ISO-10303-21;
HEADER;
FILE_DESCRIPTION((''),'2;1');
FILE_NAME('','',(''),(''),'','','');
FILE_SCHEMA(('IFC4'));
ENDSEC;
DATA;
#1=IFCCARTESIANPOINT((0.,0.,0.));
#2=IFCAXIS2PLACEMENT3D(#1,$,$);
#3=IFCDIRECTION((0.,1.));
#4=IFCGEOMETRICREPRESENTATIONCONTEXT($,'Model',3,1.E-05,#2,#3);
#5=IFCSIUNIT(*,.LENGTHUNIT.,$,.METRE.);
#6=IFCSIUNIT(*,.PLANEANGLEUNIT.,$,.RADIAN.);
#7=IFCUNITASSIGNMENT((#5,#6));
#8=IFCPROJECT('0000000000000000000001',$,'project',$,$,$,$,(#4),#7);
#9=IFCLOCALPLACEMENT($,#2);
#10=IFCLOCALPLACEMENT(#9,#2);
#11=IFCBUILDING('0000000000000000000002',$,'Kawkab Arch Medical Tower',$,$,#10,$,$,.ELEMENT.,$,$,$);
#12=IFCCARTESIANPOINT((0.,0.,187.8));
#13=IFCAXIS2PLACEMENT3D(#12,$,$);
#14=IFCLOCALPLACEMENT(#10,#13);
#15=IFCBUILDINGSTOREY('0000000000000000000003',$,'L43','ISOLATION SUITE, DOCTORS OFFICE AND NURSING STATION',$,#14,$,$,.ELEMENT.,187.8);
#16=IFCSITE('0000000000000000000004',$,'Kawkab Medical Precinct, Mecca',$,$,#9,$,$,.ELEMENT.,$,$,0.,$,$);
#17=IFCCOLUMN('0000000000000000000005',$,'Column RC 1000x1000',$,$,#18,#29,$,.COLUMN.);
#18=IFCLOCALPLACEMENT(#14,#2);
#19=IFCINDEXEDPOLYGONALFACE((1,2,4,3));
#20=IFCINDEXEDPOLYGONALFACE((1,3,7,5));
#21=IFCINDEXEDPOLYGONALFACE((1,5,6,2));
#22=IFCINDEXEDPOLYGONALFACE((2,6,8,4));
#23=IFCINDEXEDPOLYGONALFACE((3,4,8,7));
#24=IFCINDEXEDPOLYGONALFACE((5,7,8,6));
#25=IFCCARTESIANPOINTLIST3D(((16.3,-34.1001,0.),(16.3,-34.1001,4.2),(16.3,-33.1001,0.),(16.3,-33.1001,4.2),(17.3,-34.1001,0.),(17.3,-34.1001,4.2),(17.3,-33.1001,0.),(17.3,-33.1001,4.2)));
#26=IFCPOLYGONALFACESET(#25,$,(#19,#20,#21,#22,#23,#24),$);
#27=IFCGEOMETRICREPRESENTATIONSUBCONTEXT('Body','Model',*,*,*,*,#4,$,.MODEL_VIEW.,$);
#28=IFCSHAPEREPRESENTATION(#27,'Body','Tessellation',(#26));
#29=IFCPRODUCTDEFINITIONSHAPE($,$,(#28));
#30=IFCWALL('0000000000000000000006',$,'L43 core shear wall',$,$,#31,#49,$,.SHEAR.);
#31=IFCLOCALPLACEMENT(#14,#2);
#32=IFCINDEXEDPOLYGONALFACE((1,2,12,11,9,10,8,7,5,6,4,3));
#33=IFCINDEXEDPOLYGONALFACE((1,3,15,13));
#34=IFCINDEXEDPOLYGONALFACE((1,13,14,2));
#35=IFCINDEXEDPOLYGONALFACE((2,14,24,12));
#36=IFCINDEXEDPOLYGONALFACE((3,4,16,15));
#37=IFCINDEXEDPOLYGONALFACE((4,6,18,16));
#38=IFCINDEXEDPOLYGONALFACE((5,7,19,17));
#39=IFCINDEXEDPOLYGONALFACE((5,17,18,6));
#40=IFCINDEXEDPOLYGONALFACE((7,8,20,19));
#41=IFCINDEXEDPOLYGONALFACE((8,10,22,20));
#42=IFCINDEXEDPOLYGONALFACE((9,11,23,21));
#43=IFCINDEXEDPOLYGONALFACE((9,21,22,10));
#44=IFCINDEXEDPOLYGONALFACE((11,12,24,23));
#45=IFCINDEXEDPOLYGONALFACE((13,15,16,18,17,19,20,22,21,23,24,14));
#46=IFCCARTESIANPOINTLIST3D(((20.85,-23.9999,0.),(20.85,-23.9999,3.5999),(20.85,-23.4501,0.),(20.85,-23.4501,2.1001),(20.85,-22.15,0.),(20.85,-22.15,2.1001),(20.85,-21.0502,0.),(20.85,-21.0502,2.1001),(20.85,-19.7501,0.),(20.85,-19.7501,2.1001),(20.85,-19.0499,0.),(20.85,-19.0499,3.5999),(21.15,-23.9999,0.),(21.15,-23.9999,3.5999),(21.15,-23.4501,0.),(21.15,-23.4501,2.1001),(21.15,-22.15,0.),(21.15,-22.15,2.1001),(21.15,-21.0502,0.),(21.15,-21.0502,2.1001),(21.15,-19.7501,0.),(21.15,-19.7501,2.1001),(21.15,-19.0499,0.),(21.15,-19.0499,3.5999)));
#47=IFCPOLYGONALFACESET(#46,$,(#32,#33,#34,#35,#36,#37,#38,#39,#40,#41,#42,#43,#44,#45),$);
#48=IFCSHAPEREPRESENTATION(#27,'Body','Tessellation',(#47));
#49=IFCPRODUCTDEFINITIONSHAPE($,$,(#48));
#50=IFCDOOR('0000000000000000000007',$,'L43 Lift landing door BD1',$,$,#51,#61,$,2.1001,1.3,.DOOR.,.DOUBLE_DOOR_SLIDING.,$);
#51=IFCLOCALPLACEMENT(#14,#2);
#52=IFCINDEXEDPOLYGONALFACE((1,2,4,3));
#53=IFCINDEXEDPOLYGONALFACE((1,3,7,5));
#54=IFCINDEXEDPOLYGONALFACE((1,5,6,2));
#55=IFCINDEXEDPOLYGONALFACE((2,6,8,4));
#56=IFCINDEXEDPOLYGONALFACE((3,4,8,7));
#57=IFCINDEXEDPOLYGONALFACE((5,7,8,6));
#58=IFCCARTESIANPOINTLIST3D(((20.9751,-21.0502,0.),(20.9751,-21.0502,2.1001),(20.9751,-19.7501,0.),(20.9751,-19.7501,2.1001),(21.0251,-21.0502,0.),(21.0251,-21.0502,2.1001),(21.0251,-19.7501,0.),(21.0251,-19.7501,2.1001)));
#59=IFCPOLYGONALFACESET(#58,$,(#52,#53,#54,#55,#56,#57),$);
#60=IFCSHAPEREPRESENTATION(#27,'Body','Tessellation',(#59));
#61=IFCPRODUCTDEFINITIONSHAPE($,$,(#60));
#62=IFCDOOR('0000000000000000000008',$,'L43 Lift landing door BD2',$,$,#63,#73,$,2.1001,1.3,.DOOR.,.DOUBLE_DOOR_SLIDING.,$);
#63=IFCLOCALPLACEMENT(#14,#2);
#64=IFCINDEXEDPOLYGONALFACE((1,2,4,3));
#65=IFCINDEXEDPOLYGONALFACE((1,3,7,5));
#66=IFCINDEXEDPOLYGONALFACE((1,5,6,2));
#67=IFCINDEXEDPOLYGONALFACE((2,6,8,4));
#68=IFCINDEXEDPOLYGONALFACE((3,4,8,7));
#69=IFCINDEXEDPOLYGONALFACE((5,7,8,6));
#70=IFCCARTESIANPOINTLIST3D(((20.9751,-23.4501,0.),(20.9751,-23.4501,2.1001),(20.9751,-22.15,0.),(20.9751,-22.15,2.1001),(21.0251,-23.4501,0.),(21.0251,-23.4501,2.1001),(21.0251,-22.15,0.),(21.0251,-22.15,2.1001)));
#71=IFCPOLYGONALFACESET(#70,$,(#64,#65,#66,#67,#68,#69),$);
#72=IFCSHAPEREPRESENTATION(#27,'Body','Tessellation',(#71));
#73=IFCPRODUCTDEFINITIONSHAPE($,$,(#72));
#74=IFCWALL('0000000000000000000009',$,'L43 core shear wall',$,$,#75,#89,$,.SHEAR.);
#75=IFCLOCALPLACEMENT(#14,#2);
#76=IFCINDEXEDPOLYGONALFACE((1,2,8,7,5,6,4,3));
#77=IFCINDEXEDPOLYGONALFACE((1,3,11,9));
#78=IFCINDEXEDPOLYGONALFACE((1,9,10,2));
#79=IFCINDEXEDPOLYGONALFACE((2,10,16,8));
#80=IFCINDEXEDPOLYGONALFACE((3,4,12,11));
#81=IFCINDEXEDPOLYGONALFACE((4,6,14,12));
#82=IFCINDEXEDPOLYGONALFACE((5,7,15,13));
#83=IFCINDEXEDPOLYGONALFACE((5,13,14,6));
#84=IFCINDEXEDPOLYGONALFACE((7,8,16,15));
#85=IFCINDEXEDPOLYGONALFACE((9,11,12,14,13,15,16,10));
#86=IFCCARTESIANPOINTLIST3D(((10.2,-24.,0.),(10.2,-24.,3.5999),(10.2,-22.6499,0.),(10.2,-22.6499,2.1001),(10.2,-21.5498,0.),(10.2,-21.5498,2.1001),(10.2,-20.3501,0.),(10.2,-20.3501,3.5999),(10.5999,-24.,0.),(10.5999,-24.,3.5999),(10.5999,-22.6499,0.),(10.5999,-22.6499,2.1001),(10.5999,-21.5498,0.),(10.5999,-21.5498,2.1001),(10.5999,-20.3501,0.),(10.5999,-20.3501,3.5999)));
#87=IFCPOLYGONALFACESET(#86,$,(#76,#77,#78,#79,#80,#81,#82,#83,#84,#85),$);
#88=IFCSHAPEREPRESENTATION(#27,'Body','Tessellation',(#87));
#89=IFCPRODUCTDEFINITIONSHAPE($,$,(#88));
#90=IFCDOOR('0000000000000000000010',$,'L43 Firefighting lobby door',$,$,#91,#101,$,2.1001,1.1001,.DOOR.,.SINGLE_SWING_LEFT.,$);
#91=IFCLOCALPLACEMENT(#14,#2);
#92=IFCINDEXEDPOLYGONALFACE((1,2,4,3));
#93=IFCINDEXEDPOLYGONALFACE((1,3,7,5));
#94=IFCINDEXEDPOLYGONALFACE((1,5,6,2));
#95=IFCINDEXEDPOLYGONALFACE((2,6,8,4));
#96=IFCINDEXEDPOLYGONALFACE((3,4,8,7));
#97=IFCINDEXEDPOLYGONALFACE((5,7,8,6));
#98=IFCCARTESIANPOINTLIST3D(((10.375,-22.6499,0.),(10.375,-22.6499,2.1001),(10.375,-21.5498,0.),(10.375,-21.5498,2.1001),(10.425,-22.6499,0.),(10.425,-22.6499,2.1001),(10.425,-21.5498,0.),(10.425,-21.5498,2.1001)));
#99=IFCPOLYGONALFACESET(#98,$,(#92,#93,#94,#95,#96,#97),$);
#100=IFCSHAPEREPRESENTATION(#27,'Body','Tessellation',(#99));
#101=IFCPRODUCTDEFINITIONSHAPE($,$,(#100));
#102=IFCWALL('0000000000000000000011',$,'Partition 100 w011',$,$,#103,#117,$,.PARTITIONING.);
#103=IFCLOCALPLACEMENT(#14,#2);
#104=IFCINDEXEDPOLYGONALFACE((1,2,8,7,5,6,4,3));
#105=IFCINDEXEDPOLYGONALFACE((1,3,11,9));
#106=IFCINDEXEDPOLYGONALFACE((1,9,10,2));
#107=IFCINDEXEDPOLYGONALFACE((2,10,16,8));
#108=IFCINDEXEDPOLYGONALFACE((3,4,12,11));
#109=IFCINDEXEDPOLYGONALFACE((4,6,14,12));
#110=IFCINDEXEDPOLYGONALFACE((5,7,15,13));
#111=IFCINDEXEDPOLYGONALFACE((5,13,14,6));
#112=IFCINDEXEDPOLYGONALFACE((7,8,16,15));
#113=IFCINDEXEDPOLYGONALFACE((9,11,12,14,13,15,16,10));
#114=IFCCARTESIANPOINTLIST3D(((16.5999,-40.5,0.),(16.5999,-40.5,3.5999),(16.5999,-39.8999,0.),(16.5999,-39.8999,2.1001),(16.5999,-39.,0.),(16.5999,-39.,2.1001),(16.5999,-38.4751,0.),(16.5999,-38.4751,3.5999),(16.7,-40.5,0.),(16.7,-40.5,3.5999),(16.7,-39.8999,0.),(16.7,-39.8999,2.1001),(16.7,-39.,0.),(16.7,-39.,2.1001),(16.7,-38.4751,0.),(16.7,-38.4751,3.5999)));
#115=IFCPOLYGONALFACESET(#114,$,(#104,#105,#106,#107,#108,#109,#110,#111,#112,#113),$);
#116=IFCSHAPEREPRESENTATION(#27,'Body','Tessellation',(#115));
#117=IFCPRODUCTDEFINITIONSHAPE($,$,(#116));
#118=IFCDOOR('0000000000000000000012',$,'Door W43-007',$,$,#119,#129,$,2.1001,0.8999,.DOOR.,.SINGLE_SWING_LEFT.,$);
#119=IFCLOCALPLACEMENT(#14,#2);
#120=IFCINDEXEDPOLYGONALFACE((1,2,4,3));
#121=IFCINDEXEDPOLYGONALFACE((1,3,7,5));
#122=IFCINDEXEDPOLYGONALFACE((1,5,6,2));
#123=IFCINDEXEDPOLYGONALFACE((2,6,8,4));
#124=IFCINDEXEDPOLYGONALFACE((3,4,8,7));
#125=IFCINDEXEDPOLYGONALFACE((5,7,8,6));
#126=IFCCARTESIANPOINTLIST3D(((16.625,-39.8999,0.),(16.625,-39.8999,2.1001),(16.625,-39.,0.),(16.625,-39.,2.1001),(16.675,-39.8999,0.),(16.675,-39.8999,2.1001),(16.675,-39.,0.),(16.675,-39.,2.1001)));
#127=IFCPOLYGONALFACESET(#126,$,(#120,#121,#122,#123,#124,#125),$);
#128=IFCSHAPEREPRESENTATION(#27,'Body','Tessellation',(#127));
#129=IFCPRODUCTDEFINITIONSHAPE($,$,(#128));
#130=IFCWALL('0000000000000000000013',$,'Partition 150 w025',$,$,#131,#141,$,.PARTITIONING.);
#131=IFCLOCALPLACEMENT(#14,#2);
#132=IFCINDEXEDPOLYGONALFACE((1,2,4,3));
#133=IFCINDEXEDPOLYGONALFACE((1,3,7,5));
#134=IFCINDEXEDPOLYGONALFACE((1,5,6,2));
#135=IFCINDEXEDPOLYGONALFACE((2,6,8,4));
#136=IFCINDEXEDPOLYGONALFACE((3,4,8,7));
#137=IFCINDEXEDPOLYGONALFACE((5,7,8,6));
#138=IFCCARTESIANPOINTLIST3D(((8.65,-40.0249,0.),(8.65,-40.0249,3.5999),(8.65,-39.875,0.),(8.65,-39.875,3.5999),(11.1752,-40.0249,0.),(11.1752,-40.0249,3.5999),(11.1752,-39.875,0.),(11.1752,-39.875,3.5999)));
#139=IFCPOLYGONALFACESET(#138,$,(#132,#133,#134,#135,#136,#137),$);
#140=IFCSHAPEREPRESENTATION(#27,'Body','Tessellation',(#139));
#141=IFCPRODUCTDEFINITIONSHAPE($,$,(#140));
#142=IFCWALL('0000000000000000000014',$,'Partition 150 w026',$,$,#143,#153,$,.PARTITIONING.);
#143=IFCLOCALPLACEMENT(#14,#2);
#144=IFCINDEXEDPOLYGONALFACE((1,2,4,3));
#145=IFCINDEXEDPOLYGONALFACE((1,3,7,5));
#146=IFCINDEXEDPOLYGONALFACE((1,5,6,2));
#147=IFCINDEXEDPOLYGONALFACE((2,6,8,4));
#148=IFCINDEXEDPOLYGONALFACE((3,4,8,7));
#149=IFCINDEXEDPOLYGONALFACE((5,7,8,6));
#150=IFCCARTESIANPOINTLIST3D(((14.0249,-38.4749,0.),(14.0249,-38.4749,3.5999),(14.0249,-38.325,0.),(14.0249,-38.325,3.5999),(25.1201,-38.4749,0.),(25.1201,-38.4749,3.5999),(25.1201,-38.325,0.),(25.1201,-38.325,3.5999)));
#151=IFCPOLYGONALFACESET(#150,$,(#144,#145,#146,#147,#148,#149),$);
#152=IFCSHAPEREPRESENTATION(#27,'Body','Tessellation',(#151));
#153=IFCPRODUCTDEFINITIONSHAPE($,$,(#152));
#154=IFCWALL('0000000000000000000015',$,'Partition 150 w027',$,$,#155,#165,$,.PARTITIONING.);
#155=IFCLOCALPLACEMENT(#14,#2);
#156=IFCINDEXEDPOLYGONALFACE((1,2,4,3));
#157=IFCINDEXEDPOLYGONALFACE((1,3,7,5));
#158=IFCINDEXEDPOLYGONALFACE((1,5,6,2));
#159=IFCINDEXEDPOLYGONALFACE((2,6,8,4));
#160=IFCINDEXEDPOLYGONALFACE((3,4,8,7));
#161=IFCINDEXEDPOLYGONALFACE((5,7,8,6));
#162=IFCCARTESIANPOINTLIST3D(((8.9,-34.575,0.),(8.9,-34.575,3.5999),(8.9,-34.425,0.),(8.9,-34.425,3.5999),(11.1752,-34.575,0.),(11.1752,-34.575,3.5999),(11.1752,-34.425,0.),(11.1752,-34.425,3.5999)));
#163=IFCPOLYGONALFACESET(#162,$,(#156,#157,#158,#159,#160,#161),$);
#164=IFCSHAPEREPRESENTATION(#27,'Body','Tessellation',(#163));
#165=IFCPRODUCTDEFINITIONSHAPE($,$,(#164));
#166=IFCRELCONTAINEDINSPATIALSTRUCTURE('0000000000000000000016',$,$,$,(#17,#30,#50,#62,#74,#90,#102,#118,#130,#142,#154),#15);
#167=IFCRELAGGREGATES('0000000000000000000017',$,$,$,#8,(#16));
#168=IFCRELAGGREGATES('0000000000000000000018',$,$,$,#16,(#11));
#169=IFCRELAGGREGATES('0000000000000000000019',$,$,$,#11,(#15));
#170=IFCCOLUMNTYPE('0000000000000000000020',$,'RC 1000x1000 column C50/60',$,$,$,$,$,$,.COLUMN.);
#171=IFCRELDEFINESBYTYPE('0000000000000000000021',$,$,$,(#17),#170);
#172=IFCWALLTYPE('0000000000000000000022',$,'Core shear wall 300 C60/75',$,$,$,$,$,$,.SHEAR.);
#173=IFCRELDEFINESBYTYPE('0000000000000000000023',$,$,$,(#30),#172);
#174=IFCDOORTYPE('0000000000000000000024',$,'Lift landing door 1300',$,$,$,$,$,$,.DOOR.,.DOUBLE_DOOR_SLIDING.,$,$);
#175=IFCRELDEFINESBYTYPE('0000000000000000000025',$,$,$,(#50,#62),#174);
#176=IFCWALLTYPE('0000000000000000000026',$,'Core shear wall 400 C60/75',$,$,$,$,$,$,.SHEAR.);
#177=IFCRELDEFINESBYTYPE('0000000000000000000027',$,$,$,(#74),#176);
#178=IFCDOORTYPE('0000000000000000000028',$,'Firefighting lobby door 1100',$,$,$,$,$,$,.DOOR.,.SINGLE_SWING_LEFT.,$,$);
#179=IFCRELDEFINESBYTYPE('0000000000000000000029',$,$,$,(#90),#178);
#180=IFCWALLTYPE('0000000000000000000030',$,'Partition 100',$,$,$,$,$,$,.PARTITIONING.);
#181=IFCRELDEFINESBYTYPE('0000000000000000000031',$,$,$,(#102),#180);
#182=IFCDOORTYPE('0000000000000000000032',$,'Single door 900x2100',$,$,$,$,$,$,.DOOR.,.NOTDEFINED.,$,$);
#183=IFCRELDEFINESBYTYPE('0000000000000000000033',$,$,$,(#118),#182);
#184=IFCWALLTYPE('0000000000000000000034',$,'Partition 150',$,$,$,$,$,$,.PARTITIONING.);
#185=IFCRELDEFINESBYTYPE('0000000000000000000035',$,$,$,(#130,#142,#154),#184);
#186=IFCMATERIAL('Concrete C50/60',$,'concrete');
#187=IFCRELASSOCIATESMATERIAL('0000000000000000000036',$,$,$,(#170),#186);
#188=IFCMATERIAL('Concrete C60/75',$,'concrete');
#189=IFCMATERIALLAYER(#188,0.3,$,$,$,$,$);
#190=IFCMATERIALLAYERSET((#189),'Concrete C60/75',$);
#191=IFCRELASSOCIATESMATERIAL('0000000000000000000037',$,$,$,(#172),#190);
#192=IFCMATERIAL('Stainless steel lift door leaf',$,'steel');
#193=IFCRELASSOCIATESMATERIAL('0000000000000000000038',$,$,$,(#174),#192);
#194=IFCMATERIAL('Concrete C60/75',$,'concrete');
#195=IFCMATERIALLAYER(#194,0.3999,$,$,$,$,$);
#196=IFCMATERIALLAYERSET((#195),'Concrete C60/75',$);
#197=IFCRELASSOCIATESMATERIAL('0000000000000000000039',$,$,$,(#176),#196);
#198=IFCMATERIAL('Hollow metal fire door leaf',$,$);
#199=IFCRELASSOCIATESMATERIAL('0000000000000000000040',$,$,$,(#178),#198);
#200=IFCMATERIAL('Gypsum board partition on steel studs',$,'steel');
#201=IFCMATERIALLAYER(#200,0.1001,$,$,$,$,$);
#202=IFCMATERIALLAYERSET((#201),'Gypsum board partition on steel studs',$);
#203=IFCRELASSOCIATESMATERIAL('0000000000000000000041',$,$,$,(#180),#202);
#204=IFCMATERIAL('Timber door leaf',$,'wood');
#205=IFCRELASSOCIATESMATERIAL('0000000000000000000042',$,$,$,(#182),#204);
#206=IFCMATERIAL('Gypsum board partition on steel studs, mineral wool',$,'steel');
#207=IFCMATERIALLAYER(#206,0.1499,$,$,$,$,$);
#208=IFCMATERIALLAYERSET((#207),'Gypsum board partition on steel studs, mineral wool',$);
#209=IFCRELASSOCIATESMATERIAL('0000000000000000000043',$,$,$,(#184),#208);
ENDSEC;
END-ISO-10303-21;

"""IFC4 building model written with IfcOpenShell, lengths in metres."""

from ifc_helpers import new_model, si_unit, direction, frame, frame_2d, origin, origin_2d, place, context, subcontext, project, spatial, rectangle, extrude, material, layer, layer_set, material_profile, profile_set, type_object, element, fill, save


model = new_model("IFC4")

# Units and contexts
model_context = context("Model", 3, precision=1e-05, world=origin(), true_north=direction((0.0, 1.0)))
body_context = subcontext(model_context, "Body", "Model", "MODEL_VIEW")
ifc_project = project(units=[si_unit("LENGTHUNIT", "METRE"), si_unit("PLANEANGLEUNIT", "RADIAN")], contexts=[model_context])

# Site, building, storey
site_placement = place(None, origin())
site = spatial("IfcSite", under=ifc_project, at=site_placement, Name="Kawkab Medical Precinct, Mecca", CompositionType="ELEMENT", RefElevation=0.0)
building_placement = place(site_placement, origin())
building = spatial("IfcBuilding", under=site, at=building_placement, Name="Kawkab Arch Medical Tower", CompositionType="ELEMENT")
storey_placement = place(building_placement, frame((0.0, 0.0, 187.8)))
storey = spatial("IfcBuildingStorey", under=building, at=storey_placement, Name="L43", Description="ISOLATION SUITE, DOCTORS OFFICE AND NURSING STATION", CompositionType="ELEMENT", Elevation=187.8)

# Column
ifc_material_1 = material(Name="Concrete C50/60", Category="concrete")
ifc_material_profile = material_profile(ifc_material_1, rectangle(XDim=1.0, YDim=1.0, at=origin_2d()), Name="RC 1000x1000")
ifc_profile_set = profile_set([ifc_material_profile], Name="Concrete C50/60")
column_type = type_object("IfcColumnType", Name="RC 1000x1000 column C50/60", PredefinedType="COLUMN", material=ifc_profile_set)
column_placement = place(storey_placement, frame((16.8, -33.6001, 0.0), z_axis=(0.0, 0.0, 1.0), x_axis=(1.0, 0.0, 0.0)))
element("IfcColumn", 1, at=column_placement, inside=storey, type_object=column_type, Name="Column RC 1000x1000", PredefinedType="COLUMN", context=body_context, shape_type="SweptSolid", body=[
    extrude(rectangle(XDim=1.0, YDim=1.0, at=origin_2d()), origin(), (0.0, 0.0, 1.0), 4.2),
])

# Wall, openings, doors
ifc_material_2 = material(Name="Concrete C60/75", Category="concrete")
ifc_layer_1 = layer(ifc_material_2, 0.3)
ifc_layer_set_1 = layer_set([ifc_layer_1], Name="Concrete C60/75")
wall_type_1 = type_object("IfcWallType", Name="Core shear wall 300 C60/75", PredefinedType="SHEAR", material=ifc_layer_set_1)
wall_1_placement = place(storey_placement, frame((21.0, -24.0, 0.0), z_axis=(0.0, 0.0, 1.0), x_axis=(0.0, 1.0, 0.0)))
wall_1 = element("IfcWall", 2, at=wall_1_placement, inside=storey, type_object=wall_type_1, Name="L43 core shear wall", PredefinedType="SHEAR", context=body_context, shape_type="SweptSolid", body=[
    extrude(rectangle(XDim=4.95, YDim=0.3, at=frame_2d((2.4751, 0.0))), origin(), (0.0, 0.0, 1.0), 3.5999),
])
opening_1_placement = place(wall_1_placement, frame((2.95, 0.0, 0.0)))
opening_1 = element("IfcOpeningElement", 3, at=opening_1_placement, cuts=wall_1, PredefinedType="OPENING", context=body_context, shape_type="SweptSolid", body=[
    extrude(rectangle(XDim=1.3, YDim=2.1001, at=frame_2d((0.6499, 1.05))), frame((0.0, 0.1599, 0.0), z_axis=(0.0, -1.0, 0.0), x_axis=(1.0, 0.0, 0.0)), (0.0, 0.0, 1.0), 0.3201),
])
opening_2_placement = place(wall_1_placement, frame((0.55, 0.0, 0.0)))
opening_2 = element("IfcOpeningElement", 4, at=opening_2_placement, cuts=wall_1, PredefinedType="OPENING", context=body_context, shape_type="SweptSolid", body=[
    extrude(rectangle(XDim=1.3, YDim=2.1001, at=frame_2d((0.6499, 1.05))), frame((0.0, 0.1599, 0.0), z_axis=(0.0, -1.0, 0.0), x_axis=(1.0, 0.0, 0.0)), (0.0, 0.0, 1.0), 0.3201),
])
ifc_material_3 = material(Name="Stainless steel lift door leaf", Category="steel")
door_type_1 = type_object("IfcDoorType", Name="Lift landing door 1300", OperationType="DOUBLE_DOOR_SLIDING", PredefinedType="DOOR", material=ifc_material_3)
door_1_placement = place(opening_1_placement, origin())
door_1 = element("IfcDoor", 5, at=door_1_placement, inside=storey, type_object=door_type_1, Name="L43 Lift landing door BD1", OperationType="DOUBLE_DOOR_SLIDING", OverallHeight=2.1001, OverallWidth=1.3, PredefinedType="DOOR", context=body_context, shape_type="SweptSolid", body=[
    extrude(rectangle(XDim=1.3, YDim=2.1001, at=frame_2d((0.6499, 1.05))), frame((0.0, 0.0249, 0.0), z_axis=(0.0, -1.0, 0.0), x_axis=(1.0, 0.0, 0.0)), (0.0, 0.0, 1.0), 0.05),
])
fill(opening_1, door_1)
door_2_placement = place(opening_2_placement, origin())
door_2 = element("IfcDoor", 6, at=door_2_placement, inside=storey, type_object=door_type_1, Name="L43 Lift landing door BD2", OperationType="DOUBLE_DOOR_SLIDING", OverallHeight=2.1001, OverallWidth=1.3, PredefinedType="DOOR", context=body_context, shape_type="SweptSolid", body=[
    extrude(rectangle(XDim=1.3, YDim=2.1001, at=frame_2d((0.6499, 1.05))), frame((0.0, 0.0249, 0.0), z_axis=(0.0, -1.0, 0.0), x_axis=(1.0, 0.0, 0.0)), (0.0, 0.0, 1.0), 0.05),
])
fill(opening_2, door_2)

# Walls, openings, doors
ifc_material_4 = material(Name="Concrete C60/75", Category="concrete")
ifc_layer_2 = layer(ifc_material_4, 0.3999)
ifc_layer_set_2 = layer_set([ifc_layer_2], Name="Concrete C60/75")
wall_type_2 = type_object("IfcWallType", Name="Core shear wall 400 C60/75", PredefinedType="SHEAR", material=ifc_layer_set_2)
wall_2_placement = place(storey_placement, frame((10.3999, -24.0, 0.0), z_axis=(0.0, 0.0, 1.0), x_axis=(0.0, 1.0, 0.0)))
wall_2 = element("IfcWall", 7, at=wall_2_placement, inside=storey, type_object=wall_type_2, Name="L43 core shear wall", PredefinedType="SHEAR", context=body_context, shape_type="SweptSolid", body=[
    extrude(rectangle(XDim=3.6499, YDim=0.3999, at=frame_2d((1.825, 0.0))), origin(), (0.0, 0.0, 1.0), 3.5999),
])
opening_3_placement = place(wall_2_placement, frame((1.3501, 0.0, 0.0)))
opening_3 = element("IfcOpeningElement", 8, at=opening_3_placement, cuts=wall_2, PredefinedType="OPENING", context=body_context, shape_type="SweptSolid", body=[
    extrude(rectangle(XDim=1.1001, YDim=2.1001, at=frame_2d((0.55, 1.05))), frame((0.0, 0.21, 0.0), z_axis=(0.0, -1.0, 0.0), x_axis=(1.0, 0.0, 0.0)), (0.0, 0.0, 1.0), 0.4199),
])
ifc_material_5 = material(Name="Hollow metal fire door leaf")
door_type_2 = type_object("IfcDoorType", Name="Firefighting lobby door 1100", OperationType="SINGLE_SWING_LEFT", PredefinedType="DOOR", material=ifc_material_5)
door_3_placement = place(opening_3_placement, origin())
door_3 = element("IfcDoor", 9, at=door_3_placement, inside=storey, type_object=door_type_2, Name="L43 Firefighting lobby door", OperationType="SINGLE_SWING_LEFT", OverallHeight=2.1001, OverallWidth=1.1001, PredefinedType="DOOR", context=body_context, shape_type="SweptSolid", body=[
    extrude(rectangle(XDim=1.1001, YDim=2.1001, at=frame_2d((0.55, 1.05))), frame((0.0, 0.0249, 0.0), z_axis=(0.0, -1.0, 0.0), x_axis=(1.0, 0.0, 0.0)), (0.0, 0.0, 1.0), 0.05),
])
fill(opening_3, door_3)
ifc_material_6 = material(Name="Gypsum board partition on steel studs", Category="steel")
ifc_layer_3 = layer(ifc_material_6, 0.1001)
ifc_layer_set_3 = layer_set([ifc_layer_3], Name="Gypsum board partition on steel studs")
wall_type_3 = type_object("IfcWallType", Name="Partition 100", PredefinedType="PARTITIONING", material=ifc_layer_set_3)
wall_3_placement = place(storey_placement, frame((16.6499, -40.5, 0.0), z_axis=(0.0, 0.0, 1.0), x_axis=(0.0, 1.0, 0.0)))
wall_3 = element("IfcWall", 10, at=wall_3_placement, inside=storey, type_object=wall_type_3, Name="Partition 100 w011", PredefinedType="PARTITIONING", context=body_context, shape_type="SweptSolid", body=[
    extrude(rectangle(XDim=2.0249, YDim=0.1001, at=frame_2d((1.0125, 0.0))), origin(), (0.0, 0.0, 1.0), 3.5999),
])
opening_4_placement = place(wall_3_placement, frame((0.6001, 0.0, 0.0)))
opening_4 = element("IfcOpeningElement", 11, at=opening_4_placement, cuts=wall_3, PredefinedType="OPENING", context=body_context, shape_type="SweptSolid", body=[
    extrude(rectangle(XDim=0.8999, YDim=2.1001, at=frame_2d((0.45, 1.05))), frame((0.0, 0.0601, 0.0), z_axis=(0.0, -1.0, 0.0), x_axis=(1.0, 0.0, 0.0)), (0.0, 0.0, 1.0), 0.1201),
])
ifc_material_7 = material(Name="Timber door leaf", Category="wood")
door_type_3 = type_object("IfcDoorType", Name="Single door 900x2100", OperationType="NOTDEFINED", PredefinedType="DOOR", material=ifc_material_7)
door_4_placement = place(opening_4_placement, origin())
door_4 = element("IfcDoor", 12, at=door_4_placement, inside=storey, type_object=door_type_3, Name="Door W43-007", OperationType="SINGLE_SWING_LEFT", OverallHeight=2.1001, OverallWidth=0.8999, PredefinedType="DOOR", context=body_context, shape_type="SweptSolid", body=[
    extrude(rectangle(XDim=0.8999, YDim=2.1001, at=frame_2d((0.45, 1.05))), frame((0.0, 0.0249, 0.0), z_axis=(0.0, -1.0, 0.0), x_axis=(1.0, 0.0, 0.0)), (0.0, 0.0, 1.0), 0.05),
])
fill(opening_4, door_4)

# Walls
ifc_material_8 = material(Name="Gypsum board partition on steel studs, mineral wool", Category="steel")
ifc_layer_4 = layer(ifc_material_8, 0.1499)
ifc_layer_set_4 = layer_set([ifc_layer_4], Name="Gypsum board partition on steel studs, mineral wool")
wall_type_4 = type_object("IfcWallType", Name="Partition 150", PredefinedType="PARTITIONING", material=ifc_layer_set_4)
wall_4_placement = place(storey_placement, frame((8.6499, -39.95, 0.0), z_axis=(0.0, 0.0, 1.0), x_axis=(1.0, 0.0, 0.0)))
element("IfcWall", 13, at=wall_4_placement, inside=storey, type_object=wall_type_4, Name="Partition 150 w025", PredefinedType="PARTITIONING", context=body_context, shape_type="SweptSolid", body=[
    extrude(rectangle(XDim=2.5251, YDim=0.1499, at=frame_2d((1.2627, 0.0))), origin(), (0.0, 0.0, 1.0), 3.5999),
])
wall_5_placement = place(storey_placement, frame((14.0249, -38.3999, 0.0), z_axis=(0.0, 0.0, 1.0), x_axis=(1.0, 0.0, 0.0)))
element("IfcWall", 14, at=wall_5_placement, inside=storey, type_object=wall_type_4, Name="Partition 150 w026", PredefinedType="PARTITIONING", context=body_context, shape_type="SweptSolid", body=[
    extrude(rectangle(XDim=11.0952, YDim=0.1499, at=frame_2d((5.5476, 0.0))), origin(), (0.0, 0.0, 1.0), 3.5999),
])
wall_6_placement = place(storey_placement, frame((8.8999, -34.5, 0.0), z_axis=(0.0, 0.0, 1.0), x_axis=(1.0, 0.0, 0.0)))
element("IfcWall", 15, at=wall_6_placement, inside=storey, type_object=wall_type_4, Name="Partition 150 w027", PredefinedType="PARTITIONING", context=body_context, shape_type="SweptSolid", body=[
    extrude(rectangle(XDim=2.2751, YDim=0.1499, at=frame_2d((1.1377, 0.0))), origin(), (0.0, 0.0, 1.0), 3.5999),
])

save(model, "model.ifc")
